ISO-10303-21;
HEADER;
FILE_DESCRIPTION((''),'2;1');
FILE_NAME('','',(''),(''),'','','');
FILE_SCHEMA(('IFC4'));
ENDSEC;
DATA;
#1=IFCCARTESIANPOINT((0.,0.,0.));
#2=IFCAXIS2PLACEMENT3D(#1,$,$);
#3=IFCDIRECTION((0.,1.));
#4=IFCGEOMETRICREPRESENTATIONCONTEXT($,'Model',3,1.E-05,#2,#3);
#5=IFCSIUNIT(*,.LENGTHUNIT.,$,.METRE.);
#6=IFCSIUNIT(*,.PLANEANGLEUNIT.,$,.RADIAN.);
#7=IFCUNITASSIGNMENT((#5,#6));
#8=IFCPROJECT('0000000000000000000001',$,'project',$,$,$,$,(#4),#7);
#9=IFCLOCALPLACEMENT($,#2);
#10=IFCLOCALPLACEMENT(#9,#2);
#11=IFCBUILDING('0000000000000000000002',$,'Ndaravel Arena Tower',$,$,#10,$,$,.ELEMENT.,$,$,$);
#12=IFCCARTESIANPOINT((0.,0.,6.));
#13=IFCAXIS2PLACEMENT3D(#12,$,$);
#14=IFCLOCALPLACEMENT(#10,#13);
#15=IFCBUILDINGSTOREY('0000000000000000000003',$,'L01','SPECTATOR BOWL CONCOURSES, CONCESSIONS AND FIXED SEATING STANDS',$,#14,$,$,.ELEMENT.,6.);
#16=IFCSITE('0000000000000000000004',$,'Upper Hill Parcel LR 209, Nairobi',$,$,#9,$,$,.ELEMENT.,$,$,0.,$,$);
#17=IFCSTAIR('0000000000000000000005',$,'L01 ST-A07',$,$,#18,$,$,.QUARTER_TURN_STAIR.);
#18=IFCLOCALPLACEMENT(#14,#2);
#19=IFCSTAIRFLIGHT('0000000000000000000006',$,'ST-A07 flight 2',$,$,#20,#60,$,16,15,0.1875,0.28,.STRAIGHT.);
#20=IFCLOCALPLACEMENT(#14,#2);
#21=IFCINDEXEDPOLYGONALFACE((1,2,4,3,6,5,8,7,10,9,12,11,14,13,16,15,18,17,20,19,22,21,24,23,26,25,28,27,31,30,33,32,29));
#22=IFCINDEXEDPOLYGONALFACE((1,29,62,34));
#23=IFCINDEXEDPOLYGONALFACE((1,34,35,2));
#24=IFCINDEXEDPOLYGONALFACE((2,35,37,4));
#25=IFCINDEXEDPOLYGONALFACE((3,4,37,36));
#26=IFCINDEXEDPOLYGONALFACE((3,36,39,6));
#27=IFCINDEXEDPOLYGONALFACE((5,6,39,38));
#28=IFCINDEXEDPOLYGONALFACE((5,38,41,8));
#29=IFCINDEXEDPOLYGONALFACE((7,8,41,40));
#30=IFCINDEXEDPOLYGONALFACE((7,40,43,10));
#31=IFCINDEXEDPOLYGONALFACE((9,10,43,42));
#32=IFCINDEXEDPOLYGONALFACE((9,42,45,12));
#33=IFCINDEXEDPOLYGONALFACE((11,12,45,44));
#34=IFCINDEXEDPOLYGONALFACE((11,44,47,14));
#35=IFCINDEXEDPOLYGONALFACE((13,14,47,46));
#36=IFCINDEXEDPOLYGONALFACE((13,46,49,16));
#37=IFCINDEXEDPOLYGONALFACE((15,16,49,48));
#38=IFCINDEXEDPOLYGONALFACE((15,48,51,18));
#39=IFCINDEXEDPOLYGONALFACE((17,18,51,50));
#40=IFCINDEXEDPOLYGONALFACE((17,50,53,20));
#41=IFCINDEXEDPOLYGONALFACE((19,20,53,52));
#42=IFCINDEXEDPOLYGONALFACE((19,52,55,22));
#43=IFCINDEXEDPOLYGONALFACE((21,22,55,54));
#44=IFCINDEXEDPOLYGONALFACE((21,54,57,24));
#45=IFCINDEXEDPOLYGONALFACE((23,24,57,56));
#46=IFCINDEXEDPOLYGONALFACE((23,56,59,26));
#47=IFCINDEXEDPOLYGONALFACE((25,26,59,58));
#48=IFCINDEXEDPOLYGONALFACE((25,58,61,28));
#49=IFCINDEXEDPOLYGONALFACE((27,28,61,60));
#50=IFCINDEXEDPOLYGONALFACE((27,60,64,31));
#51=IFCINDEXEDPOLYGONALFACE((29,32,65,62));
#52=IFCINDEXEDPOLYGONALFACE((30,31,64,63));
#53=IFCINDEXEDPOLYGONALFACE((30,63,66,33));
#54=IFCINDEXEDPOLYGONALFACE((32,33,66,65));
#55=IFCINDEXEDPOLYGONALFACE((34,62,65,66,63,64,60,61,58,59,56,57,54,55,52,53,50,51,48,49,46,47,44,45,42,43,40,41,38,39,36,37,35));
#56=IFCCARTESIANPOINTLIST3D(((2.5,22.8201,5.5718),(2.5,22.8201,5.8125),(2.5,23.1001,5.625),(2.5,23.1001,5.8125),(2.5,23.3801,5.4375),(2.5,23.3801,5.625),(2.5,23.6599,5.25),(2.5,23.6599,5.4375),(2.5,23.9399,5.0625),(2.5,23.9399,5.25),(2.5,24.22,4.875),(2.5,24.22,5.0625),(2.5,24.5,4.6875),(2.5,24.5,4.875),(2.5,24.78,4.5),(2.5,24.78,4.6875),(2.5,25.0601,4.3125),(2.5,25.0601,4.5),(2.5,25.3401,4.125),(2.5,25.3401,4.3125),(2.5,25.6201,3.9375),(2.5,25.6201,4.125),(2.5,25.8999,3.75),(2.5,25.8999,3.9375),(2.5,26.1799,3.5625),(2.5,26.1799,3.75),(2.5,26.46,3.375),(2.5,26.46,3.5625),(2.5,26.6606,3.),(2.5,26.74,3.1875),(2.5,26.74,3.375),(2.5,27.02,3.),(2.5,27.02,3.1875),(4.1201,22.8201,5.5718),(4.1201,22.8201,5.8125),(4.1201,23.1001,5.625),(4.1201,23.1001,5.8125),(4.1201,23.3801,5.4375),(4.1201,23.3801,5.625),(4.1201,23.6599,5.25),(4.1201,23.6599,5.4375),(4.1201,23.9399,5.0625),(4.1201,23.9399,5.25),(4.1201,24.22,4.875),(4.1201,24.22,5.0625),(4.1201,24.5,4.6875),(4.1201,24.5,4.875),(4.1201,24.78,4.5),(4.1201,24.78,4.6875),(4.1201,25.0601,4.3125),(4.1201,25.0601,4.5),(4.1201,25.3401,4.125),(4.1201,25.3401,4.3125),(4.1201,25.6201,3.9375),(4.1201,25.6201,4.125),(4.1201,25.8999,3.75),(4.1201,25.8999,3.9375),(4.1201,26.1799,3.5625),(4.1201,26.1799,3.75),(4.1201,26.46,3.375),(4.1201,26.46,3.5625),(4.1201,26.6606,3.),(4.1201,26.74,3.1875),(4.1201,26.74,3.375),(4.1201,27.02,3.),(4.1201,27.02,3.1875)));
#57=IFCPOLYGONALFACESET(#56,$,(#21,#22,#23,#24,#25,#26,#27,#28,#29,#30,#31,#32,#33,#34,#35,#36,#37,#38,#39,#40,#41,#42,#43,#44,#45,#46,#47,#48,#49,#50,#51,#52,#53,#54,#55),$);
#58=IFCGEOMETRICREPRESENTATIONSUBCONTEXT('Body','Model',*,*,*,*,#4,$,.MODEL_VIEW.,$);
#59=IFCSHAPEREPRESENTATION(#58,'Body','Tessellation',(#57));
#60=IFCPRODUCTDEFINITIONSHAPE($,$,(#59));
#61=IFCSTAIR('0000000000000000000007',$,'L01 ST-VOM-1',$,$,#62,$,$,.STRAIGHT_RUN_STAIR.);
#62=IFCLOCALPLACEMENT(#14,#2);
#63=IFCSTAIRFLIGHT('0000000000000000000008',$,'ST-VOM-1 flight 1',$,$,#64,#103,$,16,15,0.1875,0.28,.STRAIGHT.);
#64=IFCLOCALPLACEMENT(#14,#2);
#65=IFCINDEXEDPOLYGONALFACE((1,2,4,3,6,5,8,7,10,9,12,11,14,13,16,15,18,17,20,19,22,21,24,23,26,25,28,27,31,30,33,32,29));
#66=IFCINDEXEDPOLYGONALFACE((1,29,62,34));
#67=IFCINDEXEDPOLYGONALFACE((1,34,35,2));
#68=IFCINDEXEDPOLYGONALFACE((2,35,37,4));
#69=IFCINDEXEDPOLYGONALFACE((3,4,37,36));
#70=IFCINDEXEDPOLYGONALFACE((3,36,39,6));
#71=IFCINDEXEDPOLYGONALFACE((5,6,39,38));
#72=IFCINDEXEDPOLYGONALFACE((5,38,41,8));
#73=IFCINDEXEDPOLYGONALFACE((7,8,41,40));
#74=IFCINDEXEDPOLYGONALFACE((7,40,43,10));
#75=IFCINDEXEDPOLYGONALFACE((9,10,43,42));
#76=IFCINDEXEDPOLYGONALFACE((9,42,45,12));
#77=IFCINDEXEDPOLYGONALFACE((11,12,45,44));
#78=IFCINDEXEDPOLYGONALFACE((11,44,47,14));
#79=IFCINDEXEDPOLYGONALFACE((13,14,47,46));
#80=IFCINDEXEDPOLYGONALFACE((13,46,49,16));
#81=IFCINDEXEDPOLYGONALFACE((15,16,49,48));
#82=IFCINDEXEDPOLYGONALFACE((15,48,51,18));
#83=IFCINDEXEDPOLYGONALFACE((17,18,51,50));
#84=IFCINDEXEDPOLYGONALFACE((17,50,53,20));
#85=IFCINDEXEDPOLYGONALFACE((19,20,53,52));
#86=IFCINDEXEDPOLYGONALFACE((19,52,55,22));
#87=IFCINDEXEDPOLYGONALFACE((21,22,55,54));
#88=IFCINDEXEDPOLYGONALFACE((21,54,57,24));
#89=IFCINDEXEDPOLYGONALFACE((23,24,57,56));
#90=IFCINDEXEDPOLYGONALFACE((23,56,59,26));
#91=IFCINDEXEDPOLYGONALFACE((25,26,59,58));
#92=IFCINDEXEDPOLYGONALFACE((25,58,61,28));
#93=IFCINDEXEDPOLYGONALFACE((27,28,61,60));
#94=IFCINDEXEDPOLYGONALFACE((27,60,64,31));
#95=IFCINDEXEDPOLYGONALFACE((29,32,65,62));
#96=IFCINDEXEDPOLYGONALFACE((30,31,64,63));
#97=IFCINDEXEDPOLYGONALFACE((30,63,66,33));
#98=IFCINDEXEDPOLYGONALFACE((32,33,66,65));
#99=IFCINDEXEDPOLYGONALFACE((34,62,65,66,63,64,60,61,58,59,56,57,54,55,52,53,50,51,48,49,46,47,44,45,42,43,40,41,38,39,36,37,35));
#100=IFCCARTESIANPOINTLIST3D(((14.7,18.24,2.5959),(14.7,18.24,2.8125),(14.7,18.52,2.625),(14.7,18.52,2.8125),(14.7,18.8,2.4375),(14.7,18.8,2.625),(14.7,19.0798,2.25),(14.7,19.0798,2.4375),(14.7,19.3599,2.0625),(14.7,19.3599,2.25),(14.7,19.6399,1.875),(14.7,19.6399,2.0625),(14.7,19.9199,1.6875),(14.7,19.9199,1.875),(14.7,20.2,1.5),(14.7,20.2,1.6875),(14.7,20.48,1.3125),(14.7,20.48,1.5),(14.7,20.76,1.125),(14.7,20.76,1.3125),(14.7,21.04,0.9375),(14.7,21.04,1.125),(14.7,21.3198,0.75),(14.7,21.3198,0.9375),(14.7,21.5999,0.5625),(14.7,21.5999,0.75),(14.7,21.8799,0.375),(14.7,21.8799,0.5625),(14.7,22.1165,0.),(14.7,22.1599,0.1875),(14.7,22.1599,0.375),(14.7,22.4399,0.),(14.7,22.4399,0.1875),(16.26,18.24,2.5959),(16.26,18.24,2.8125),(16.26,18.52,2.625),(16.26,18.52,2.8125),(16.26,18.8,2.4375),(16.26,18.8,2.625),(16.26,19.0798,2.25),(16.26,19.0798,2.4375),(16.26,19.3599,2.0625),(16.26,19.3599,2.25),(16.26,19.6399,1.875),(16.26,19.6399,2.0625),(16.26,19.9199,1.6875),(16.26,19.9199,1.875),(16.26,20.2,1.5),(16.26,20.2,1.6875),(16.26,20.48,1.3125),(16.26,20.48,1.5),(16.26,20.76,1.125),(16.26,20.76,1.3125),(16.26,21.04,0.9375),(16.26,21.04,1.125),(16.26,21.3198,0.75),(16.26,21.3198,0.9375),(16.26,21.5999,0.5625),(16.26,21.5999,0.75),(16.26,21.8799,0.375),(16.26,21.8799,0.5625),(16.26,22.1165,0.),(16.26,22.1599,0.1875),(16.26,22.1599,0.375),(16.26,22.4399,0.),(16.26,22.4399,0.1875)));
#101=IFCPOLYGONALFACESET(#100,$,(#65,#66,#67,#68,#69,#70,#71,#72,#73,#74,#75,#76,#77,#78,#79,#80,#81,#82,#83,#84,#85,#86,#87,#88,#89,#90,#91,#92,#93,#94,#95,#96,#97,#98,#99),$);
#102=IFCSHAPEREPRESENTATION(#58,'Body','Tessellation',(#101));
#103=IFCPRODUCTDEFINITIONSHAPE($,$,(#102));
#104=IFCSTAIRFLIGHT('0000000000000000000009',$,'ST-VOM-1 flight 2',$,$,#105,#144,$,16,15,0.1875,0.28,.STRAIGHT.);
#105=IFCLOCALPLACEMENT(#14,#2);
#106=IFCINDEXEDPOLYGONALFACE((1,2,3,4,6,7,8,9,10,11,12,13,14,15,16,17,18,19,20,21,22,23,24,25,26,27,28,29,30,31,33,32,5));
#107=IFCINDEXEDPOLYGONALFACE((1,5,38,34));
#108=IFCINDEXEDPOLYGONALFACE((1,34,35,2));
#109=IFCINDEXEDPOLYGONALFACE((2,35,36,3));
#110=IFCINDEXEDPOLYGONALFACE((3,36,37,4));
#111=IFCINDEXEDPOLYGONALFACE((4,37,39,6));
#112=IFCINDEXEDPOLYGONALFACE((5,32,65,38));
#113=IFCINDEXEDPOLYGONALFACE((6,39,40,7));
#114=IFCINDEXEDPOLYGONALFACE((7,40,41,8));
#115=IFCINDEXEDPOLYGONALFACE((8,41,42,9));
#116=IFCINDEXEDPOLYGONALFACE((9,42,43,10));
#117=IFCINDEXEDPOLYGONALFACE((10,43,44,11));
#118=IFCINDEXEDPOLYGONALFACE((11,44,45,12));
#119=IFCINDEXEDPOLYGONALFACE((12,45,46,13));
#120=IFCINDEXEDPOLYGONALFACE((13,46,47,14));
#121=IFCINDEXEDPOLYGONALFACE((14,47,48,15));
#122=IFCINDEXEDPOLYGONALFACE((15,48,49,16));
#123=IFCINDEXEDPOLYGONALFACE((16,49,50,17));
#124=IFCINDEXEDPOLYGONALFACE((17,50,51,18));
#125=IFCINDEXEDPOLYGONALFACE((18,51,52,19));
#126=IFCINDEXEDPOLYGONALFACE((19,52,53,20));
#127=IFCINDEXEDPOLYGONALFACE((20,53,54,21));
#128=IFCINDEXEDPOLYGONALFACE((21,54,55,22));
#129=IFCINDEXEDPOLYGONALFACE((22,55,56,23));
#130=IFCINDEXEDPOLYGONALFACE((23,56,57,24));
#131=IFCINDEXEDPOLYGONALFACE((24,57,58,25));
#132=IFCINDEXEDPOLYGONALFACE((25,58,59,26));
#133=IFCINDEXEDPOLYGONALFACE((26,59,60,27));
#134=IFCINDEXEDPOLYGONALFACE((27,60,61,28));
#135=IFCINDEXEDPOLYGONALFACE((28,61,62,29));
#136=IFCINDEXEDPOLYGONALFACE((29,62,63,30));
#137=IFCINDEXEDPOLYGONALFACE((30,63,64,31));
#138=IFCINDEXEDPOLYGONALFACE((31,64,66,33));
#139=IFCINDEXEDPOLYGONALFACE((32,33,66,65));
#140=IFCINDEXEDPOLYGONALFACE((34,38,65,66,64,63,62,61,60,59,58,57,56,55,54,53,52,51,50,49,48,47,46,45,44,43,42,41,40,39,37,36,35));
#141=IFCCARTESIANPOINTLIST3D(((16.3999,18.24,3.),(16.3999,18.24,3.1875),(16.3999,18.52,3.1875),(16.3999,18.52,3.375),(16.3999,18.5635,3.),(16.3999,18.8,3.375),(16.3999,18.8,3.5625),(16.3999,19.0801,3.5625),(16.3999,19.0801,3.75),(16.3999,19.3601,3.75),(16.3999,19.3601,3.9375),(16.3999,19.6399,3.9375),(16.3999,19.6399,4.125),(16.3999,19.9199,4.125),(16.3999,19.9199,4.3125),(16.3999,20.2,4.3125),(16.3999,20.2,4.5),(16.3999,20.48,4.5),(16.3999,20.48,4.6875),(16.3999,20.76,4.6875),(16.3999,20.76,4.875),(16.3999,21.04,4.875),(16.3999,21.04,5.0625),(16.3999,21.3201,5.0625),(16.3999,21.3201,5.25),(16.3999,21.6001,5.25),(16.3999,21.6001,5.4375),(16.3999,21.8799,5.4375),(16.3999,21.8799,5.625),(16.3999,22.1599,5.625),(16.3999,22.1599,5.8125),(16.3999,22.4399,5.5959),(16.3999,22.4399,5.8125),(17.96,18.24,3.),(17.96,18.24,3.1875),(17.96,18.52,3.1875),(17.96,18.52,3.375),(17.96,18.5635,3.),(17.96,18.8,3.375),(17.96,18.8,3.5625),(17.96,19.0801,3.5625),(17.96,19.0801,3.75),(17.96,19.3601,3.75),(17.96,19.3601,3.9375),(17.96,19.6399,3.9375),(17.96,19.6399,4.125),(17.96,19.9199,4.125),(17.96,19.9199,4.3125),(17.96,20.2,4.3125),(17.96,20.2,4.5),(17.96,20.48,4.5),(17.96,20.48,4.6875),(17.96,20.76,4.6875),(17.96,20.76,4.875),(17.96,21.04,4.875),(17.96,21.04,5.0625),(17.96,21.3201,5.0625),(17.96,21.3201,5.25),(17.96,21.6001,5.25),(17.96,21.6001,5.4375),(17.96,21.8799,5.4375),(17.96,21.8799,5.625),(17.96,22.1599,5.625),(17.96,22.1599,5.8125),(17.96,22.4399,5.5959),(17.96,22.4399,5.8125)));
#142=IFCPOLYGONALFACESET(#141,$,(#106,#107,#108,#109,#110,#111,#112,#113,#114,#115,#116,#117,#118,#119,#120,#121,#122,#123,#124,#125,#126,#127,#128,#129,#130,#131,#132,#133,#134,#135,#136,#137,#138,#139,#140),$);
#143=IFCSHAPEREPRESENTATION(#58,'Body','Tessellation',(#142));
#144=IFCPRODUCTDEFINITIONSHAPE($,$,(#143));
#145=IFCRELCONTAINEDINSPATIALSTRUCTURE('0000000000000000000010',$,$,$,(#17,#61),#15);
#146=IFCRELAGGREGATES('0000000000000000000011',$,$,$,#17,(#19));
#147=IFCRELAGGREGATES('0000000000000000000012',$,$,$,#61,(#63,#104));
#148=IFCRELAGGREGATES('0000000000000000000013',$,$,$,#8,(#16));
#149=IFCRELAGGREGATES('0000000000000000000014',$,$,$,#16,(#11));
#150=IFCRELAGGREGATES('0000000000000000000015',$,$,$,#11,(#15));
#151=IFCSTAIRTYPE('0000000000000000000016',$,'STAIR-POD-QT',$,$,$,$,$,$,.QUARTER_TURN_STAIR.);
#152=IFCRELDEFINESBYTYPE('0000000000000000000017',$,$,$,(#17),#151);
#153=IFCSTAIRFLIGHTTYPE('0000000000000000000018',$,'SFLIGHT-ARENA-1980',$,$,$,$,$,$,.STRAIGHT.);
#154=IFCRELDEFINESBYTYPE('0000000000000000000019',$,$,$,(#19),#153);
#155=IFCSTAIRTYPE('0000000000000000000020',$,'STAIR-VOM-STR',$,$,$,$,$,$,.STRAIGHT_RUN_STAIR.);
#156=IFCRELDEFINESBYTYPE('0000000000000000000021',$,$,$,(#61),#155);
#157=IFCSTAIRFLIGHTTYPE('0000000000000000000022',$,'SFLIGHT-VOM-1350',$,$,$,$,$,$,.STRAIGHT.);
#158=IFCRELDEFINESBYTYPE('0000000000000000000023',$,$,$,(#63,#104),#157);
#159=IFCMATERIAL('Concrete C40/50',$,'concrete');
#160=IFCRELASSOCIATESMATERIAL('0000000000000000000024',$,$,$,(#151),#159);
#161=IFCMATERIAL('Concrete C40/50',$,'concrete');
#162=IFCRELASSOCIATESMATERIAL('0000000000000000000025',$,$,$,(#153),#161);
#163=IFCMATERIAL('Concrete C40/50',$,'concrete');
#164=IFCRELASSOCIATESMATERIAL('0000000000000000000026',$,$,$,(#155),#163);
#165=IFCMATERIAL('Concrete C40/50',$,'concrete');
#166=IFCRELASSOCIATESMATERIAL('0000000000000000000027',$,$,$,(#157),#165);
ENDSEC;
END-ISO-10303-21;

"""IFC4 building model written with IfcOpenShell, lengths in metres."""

from ifc_helpers import new_model, si_unit, direction, frame, origin, place, context, subcontext, project, spatial, polyline, outline, extrude, material, type_object, element, aggregate, save


model = new_model("IFC4")

# Units and contexts
model_context = context("Model", 3, precision=1e-05, world=origin(), true_north=direction((0.0, 1.0)))
body_context = subcontext(model_context, "Body", "Model", "MODEL_VIEW")
ifc_project = project(units=[si_unit("LENGTHUNIT", "METRE"), si_unit("PLANEANGLEUNIT", "RADIAN")], contexts=[model_context])

# Site, building, storey
site_placement = place(None, origin())
site = spatial("IfcSite", under=ifc_project, at=site_placement, Name="Upper Hill Parcel LR 209, Nairobi", CompositionType="ELEMENT", RefElevation=0.0)
building_placement = place(site_placement, origin())
building = spatial("IfcBuilding", under=site, at=building_placement, Name="Ndaravel Arena Tower", CompositionType="ELEMENT")
storey_placement = place(building_placement, frame((0.0, 0.0, 6.0)))
storey = spatial("IfcBuildingStorey", under=building, at=storey_placement, Name="L01", Description="SPECTATOR BOWL CONCOURSES, CONCESSIONS AND FIXED SEATING STANDS", CompositionType="ELEMENT", Elevation=6.0)

# Stairs, stair flights
ifc_material_1 = material(Name="Concrete C40/50", Category="concrete")
stair_type_1 = type_object("IfcStairType", Name="STAIR-POD-QT", PredefinedType="QUARTER_TURN_STAIR", material=ifc_material_1)
stair_1_placement = place(storey_placement, origin())
stair_1 = element("IfcStair", 1, at=stair_1_placement, inside=storey, type_object=stair_type_1, Name="L01 ST-A07", PredefinedType="QUARTER_TURN_STAIR")
ifc_material_2 = material(Name="Concrete C40/50", Category="concrete")
stair_flight_type_1 = type_object("IfcStairFlightType", Name="SFLIGHT-ARENA-1980", PredefinedType="STRAIGHT", material=ifc_material_2)
stair_flight_1_placement = place(storey_placement, frame((3.3101, 27.02, 3.0), z_axis=(0.0, 0.0, 1.0), x_axis=(0.0, -1.0, 0.0)))
stair_flight_1 = element("IfcStairFlight", 2, at=stair_flight_1_placement, type_object=stair_flight_type_1, Name="ST-A07 flight 2", NumberOfRisers=16, NumberOfTreads=15, PredefinedType="STRAIGHT", RiserHeight=0.1875, TreadLength=0.28, context=body_context, shape_type="SweptSolid", body=[
    extrude(outline(polyline([(0.0, 0.0), (0.0, 0.1875), (0.28, 0.1875), (0.28, 0.375), (0.5601, 0.375), (0.5601, 0.5625), (0.8401, 0.5625), (0.8401, 0.75), (1.1201, 0.75), (1.1201, 0.9375), (1.3999, 0.9375), (1.3999, 1.125), (1.6799, 1.125), (1.6799, 1.3125), (1.96, 1.3125), (1.96, 1.5), (2.24, 1.5), (2.24, 1.6875), (2.52, 1.6875), (2.52, 1.875), (2.8, 1.875), (2.8, 2.0625), (3.0801, 2.0625), (3.0801, 2.25), (3.3601, 2.25), (3.3601, 2.4375), (3.6399, 2.4375), (3.6399, 2.625), (3.9199, 2.625), (3.9199, 2.8125), (4.2, 2.8125), (4.2, 3.0), (4.2, 2.5718), (0.3594, 0.0), (0.0, 0.0)])), frame((0.0, 0.8101, 0.0), z_axis=(0.0, -1.0, 0.0), x_axis=(1.0, 0.0, 0.0)), (0.0, 0.0, 1.0), 1.6201),
])
aggregate(stair_1, [stair_flight_1])
ifc_material_3 = material(Name="Concrete C40/50", Category="concrete")
stair_type_2 = type_object("IfcStairType", Name="STAIR-VOM-STR", PredefinedType="STRAIGHT_RUN_STAIR", material=ifc_material_3)
stair_2_placement = place(storey_placement, origin())
stair_2 = element("IfcStair", 3, at=stair_2_placement, inside=storey, type_object=stair_type_2, Name="L01 ST-VOM-1", PredefinedType="STRAIGHT_RUN_STAIR")
ifc_material_4 = material(Name="Concrete C40/50", Category="concrete")
stair_flight_type_2 = type_object("IfcStairFlightType", Name="SFLIGHT-VOM-1350", PredefinedType="STRAIGHT", material=ifc_material_4)
stair_flight_2_placement = place(storey_placement, frame((15.48, 22.4399, 0.0), z_axis=(0.0, 0.0, 1.0), x_axis=(0.0, -1.0, 0.0)))
stair_flight_2 = element("IfcStairFlight", 4, at=stair_flight_2_placement, type_object=stair_flight_type_2, Name="ST-VOM-1 flight 1", NumberOfRisers=16, NumberOfTreads=15, PredefinedType="STRAIGHT", RiserHeight=0.1875, TreadLength=0.28, context=body_context, shape_type="SweptSolid", body=[
    extrude(outline(polyline([(0.0, 0.0), (0.0, 0.1875), (0.28, 0.1875), (0.28, 0.375), (0.5601, 0.375), (0.5601, 0.5625), (0.8401, 0.5625), (0.8401, 0.75), (1.1201, 0.75), (1.1201, 0.9375), (1.3999, 0.9375), (1.3999, 1.125), (1.6799, 1.125), (1.6799, 1.3125), (1.96, 1.3125), (1.96, 1.5), (2.24, 1.5), (2.24, 1.6875), (2.52, 1.6875), (2.52, 1.875), (2.8, 1.875), (2.8, 2.0625), (3.0801, 2.0625), (3.0801, 2.25), (3.3601, 2.25), (3.3601, 2.4375), (3.6399, 2.4375), (3.6399, 2.625), (3.9199, 2.625), (3.9199, 2.8125), (4.2, 2.8125), (4.2, 3.0), (4.2, 2.5959), (0.3235, 0.0), (0.0, 0.0)])), frame((0.0, 0.78, 0.0), z_axis=(0.0, -1.0, 0.0), x_axis=(1.0, 0.0, 0.0)), (0.0, 0.0, 1.0), 1.5601),
])
stair_flight_3_placement = place(storey_placement, frame((17.1799, 18.24, 3.0), z_axis=(0.0, 0.0, 1.0), x_axis=(0.0, 1.0, 0.0)))
stair_flight_3 = element("IfcStairFlight", 5, at=stair_flight_3_placement, type_object=stair_flight_type_2, Name="ST-VOM-1 flight 2", NumberOfRisers=16, NumberOfTreads=15, PredefinedType="STRAIGHT", RiserHeight=0.1875, TreadLength=0.28, context=body_context, shape_type="SweptSolid", body=[
    extrude(outline(polyline([(0.0, 0.0), (0.0, 0.1875), (0.28, 0.1875), (0.28, 0.375), (0.5601, 0.375), (0.5601, 0.5625), (0.8401, 0.5625), (0.8401, 0.75), (1.1201, 0.75), (1.1201, 0.9375), (1.3999, 0.9375), (1.3999, 1.125), (1.6799, 1.125), (1.6799, 1.3125), (1.96, 1.3125), (1.96, 1.5), (2.24, 1.5), (2.24, 1.6875), (2.52, 1.6875), (2.52, 1.875), (2.8, 1.875), (2.8, 2.0625), (3.0801, 2.0625), (3.0801, 2.25), (3.3601, 2.25), (3.3601, 2.4375), (3.6399, 2.4375), (3.6399, 2.625), (3.9199, 2.625), (3.9199, 2.8125), (4.2, 2.8125), (4.2, 3.0), (4.2, 2.5959), (0.3235, 0.0), (0.0, 0.0)])), frame((0.0, 0.78, 0.0), z_axis=(0.0, -1.0, 0.0), x_axis=(1.0, 0.0, 0.0)), (0.0, 0.0, 1.0), 1.5601),
])
aggregate(stair_2, [stair_flight_2, stair_flight_3])

save(model, "model.ifc")
